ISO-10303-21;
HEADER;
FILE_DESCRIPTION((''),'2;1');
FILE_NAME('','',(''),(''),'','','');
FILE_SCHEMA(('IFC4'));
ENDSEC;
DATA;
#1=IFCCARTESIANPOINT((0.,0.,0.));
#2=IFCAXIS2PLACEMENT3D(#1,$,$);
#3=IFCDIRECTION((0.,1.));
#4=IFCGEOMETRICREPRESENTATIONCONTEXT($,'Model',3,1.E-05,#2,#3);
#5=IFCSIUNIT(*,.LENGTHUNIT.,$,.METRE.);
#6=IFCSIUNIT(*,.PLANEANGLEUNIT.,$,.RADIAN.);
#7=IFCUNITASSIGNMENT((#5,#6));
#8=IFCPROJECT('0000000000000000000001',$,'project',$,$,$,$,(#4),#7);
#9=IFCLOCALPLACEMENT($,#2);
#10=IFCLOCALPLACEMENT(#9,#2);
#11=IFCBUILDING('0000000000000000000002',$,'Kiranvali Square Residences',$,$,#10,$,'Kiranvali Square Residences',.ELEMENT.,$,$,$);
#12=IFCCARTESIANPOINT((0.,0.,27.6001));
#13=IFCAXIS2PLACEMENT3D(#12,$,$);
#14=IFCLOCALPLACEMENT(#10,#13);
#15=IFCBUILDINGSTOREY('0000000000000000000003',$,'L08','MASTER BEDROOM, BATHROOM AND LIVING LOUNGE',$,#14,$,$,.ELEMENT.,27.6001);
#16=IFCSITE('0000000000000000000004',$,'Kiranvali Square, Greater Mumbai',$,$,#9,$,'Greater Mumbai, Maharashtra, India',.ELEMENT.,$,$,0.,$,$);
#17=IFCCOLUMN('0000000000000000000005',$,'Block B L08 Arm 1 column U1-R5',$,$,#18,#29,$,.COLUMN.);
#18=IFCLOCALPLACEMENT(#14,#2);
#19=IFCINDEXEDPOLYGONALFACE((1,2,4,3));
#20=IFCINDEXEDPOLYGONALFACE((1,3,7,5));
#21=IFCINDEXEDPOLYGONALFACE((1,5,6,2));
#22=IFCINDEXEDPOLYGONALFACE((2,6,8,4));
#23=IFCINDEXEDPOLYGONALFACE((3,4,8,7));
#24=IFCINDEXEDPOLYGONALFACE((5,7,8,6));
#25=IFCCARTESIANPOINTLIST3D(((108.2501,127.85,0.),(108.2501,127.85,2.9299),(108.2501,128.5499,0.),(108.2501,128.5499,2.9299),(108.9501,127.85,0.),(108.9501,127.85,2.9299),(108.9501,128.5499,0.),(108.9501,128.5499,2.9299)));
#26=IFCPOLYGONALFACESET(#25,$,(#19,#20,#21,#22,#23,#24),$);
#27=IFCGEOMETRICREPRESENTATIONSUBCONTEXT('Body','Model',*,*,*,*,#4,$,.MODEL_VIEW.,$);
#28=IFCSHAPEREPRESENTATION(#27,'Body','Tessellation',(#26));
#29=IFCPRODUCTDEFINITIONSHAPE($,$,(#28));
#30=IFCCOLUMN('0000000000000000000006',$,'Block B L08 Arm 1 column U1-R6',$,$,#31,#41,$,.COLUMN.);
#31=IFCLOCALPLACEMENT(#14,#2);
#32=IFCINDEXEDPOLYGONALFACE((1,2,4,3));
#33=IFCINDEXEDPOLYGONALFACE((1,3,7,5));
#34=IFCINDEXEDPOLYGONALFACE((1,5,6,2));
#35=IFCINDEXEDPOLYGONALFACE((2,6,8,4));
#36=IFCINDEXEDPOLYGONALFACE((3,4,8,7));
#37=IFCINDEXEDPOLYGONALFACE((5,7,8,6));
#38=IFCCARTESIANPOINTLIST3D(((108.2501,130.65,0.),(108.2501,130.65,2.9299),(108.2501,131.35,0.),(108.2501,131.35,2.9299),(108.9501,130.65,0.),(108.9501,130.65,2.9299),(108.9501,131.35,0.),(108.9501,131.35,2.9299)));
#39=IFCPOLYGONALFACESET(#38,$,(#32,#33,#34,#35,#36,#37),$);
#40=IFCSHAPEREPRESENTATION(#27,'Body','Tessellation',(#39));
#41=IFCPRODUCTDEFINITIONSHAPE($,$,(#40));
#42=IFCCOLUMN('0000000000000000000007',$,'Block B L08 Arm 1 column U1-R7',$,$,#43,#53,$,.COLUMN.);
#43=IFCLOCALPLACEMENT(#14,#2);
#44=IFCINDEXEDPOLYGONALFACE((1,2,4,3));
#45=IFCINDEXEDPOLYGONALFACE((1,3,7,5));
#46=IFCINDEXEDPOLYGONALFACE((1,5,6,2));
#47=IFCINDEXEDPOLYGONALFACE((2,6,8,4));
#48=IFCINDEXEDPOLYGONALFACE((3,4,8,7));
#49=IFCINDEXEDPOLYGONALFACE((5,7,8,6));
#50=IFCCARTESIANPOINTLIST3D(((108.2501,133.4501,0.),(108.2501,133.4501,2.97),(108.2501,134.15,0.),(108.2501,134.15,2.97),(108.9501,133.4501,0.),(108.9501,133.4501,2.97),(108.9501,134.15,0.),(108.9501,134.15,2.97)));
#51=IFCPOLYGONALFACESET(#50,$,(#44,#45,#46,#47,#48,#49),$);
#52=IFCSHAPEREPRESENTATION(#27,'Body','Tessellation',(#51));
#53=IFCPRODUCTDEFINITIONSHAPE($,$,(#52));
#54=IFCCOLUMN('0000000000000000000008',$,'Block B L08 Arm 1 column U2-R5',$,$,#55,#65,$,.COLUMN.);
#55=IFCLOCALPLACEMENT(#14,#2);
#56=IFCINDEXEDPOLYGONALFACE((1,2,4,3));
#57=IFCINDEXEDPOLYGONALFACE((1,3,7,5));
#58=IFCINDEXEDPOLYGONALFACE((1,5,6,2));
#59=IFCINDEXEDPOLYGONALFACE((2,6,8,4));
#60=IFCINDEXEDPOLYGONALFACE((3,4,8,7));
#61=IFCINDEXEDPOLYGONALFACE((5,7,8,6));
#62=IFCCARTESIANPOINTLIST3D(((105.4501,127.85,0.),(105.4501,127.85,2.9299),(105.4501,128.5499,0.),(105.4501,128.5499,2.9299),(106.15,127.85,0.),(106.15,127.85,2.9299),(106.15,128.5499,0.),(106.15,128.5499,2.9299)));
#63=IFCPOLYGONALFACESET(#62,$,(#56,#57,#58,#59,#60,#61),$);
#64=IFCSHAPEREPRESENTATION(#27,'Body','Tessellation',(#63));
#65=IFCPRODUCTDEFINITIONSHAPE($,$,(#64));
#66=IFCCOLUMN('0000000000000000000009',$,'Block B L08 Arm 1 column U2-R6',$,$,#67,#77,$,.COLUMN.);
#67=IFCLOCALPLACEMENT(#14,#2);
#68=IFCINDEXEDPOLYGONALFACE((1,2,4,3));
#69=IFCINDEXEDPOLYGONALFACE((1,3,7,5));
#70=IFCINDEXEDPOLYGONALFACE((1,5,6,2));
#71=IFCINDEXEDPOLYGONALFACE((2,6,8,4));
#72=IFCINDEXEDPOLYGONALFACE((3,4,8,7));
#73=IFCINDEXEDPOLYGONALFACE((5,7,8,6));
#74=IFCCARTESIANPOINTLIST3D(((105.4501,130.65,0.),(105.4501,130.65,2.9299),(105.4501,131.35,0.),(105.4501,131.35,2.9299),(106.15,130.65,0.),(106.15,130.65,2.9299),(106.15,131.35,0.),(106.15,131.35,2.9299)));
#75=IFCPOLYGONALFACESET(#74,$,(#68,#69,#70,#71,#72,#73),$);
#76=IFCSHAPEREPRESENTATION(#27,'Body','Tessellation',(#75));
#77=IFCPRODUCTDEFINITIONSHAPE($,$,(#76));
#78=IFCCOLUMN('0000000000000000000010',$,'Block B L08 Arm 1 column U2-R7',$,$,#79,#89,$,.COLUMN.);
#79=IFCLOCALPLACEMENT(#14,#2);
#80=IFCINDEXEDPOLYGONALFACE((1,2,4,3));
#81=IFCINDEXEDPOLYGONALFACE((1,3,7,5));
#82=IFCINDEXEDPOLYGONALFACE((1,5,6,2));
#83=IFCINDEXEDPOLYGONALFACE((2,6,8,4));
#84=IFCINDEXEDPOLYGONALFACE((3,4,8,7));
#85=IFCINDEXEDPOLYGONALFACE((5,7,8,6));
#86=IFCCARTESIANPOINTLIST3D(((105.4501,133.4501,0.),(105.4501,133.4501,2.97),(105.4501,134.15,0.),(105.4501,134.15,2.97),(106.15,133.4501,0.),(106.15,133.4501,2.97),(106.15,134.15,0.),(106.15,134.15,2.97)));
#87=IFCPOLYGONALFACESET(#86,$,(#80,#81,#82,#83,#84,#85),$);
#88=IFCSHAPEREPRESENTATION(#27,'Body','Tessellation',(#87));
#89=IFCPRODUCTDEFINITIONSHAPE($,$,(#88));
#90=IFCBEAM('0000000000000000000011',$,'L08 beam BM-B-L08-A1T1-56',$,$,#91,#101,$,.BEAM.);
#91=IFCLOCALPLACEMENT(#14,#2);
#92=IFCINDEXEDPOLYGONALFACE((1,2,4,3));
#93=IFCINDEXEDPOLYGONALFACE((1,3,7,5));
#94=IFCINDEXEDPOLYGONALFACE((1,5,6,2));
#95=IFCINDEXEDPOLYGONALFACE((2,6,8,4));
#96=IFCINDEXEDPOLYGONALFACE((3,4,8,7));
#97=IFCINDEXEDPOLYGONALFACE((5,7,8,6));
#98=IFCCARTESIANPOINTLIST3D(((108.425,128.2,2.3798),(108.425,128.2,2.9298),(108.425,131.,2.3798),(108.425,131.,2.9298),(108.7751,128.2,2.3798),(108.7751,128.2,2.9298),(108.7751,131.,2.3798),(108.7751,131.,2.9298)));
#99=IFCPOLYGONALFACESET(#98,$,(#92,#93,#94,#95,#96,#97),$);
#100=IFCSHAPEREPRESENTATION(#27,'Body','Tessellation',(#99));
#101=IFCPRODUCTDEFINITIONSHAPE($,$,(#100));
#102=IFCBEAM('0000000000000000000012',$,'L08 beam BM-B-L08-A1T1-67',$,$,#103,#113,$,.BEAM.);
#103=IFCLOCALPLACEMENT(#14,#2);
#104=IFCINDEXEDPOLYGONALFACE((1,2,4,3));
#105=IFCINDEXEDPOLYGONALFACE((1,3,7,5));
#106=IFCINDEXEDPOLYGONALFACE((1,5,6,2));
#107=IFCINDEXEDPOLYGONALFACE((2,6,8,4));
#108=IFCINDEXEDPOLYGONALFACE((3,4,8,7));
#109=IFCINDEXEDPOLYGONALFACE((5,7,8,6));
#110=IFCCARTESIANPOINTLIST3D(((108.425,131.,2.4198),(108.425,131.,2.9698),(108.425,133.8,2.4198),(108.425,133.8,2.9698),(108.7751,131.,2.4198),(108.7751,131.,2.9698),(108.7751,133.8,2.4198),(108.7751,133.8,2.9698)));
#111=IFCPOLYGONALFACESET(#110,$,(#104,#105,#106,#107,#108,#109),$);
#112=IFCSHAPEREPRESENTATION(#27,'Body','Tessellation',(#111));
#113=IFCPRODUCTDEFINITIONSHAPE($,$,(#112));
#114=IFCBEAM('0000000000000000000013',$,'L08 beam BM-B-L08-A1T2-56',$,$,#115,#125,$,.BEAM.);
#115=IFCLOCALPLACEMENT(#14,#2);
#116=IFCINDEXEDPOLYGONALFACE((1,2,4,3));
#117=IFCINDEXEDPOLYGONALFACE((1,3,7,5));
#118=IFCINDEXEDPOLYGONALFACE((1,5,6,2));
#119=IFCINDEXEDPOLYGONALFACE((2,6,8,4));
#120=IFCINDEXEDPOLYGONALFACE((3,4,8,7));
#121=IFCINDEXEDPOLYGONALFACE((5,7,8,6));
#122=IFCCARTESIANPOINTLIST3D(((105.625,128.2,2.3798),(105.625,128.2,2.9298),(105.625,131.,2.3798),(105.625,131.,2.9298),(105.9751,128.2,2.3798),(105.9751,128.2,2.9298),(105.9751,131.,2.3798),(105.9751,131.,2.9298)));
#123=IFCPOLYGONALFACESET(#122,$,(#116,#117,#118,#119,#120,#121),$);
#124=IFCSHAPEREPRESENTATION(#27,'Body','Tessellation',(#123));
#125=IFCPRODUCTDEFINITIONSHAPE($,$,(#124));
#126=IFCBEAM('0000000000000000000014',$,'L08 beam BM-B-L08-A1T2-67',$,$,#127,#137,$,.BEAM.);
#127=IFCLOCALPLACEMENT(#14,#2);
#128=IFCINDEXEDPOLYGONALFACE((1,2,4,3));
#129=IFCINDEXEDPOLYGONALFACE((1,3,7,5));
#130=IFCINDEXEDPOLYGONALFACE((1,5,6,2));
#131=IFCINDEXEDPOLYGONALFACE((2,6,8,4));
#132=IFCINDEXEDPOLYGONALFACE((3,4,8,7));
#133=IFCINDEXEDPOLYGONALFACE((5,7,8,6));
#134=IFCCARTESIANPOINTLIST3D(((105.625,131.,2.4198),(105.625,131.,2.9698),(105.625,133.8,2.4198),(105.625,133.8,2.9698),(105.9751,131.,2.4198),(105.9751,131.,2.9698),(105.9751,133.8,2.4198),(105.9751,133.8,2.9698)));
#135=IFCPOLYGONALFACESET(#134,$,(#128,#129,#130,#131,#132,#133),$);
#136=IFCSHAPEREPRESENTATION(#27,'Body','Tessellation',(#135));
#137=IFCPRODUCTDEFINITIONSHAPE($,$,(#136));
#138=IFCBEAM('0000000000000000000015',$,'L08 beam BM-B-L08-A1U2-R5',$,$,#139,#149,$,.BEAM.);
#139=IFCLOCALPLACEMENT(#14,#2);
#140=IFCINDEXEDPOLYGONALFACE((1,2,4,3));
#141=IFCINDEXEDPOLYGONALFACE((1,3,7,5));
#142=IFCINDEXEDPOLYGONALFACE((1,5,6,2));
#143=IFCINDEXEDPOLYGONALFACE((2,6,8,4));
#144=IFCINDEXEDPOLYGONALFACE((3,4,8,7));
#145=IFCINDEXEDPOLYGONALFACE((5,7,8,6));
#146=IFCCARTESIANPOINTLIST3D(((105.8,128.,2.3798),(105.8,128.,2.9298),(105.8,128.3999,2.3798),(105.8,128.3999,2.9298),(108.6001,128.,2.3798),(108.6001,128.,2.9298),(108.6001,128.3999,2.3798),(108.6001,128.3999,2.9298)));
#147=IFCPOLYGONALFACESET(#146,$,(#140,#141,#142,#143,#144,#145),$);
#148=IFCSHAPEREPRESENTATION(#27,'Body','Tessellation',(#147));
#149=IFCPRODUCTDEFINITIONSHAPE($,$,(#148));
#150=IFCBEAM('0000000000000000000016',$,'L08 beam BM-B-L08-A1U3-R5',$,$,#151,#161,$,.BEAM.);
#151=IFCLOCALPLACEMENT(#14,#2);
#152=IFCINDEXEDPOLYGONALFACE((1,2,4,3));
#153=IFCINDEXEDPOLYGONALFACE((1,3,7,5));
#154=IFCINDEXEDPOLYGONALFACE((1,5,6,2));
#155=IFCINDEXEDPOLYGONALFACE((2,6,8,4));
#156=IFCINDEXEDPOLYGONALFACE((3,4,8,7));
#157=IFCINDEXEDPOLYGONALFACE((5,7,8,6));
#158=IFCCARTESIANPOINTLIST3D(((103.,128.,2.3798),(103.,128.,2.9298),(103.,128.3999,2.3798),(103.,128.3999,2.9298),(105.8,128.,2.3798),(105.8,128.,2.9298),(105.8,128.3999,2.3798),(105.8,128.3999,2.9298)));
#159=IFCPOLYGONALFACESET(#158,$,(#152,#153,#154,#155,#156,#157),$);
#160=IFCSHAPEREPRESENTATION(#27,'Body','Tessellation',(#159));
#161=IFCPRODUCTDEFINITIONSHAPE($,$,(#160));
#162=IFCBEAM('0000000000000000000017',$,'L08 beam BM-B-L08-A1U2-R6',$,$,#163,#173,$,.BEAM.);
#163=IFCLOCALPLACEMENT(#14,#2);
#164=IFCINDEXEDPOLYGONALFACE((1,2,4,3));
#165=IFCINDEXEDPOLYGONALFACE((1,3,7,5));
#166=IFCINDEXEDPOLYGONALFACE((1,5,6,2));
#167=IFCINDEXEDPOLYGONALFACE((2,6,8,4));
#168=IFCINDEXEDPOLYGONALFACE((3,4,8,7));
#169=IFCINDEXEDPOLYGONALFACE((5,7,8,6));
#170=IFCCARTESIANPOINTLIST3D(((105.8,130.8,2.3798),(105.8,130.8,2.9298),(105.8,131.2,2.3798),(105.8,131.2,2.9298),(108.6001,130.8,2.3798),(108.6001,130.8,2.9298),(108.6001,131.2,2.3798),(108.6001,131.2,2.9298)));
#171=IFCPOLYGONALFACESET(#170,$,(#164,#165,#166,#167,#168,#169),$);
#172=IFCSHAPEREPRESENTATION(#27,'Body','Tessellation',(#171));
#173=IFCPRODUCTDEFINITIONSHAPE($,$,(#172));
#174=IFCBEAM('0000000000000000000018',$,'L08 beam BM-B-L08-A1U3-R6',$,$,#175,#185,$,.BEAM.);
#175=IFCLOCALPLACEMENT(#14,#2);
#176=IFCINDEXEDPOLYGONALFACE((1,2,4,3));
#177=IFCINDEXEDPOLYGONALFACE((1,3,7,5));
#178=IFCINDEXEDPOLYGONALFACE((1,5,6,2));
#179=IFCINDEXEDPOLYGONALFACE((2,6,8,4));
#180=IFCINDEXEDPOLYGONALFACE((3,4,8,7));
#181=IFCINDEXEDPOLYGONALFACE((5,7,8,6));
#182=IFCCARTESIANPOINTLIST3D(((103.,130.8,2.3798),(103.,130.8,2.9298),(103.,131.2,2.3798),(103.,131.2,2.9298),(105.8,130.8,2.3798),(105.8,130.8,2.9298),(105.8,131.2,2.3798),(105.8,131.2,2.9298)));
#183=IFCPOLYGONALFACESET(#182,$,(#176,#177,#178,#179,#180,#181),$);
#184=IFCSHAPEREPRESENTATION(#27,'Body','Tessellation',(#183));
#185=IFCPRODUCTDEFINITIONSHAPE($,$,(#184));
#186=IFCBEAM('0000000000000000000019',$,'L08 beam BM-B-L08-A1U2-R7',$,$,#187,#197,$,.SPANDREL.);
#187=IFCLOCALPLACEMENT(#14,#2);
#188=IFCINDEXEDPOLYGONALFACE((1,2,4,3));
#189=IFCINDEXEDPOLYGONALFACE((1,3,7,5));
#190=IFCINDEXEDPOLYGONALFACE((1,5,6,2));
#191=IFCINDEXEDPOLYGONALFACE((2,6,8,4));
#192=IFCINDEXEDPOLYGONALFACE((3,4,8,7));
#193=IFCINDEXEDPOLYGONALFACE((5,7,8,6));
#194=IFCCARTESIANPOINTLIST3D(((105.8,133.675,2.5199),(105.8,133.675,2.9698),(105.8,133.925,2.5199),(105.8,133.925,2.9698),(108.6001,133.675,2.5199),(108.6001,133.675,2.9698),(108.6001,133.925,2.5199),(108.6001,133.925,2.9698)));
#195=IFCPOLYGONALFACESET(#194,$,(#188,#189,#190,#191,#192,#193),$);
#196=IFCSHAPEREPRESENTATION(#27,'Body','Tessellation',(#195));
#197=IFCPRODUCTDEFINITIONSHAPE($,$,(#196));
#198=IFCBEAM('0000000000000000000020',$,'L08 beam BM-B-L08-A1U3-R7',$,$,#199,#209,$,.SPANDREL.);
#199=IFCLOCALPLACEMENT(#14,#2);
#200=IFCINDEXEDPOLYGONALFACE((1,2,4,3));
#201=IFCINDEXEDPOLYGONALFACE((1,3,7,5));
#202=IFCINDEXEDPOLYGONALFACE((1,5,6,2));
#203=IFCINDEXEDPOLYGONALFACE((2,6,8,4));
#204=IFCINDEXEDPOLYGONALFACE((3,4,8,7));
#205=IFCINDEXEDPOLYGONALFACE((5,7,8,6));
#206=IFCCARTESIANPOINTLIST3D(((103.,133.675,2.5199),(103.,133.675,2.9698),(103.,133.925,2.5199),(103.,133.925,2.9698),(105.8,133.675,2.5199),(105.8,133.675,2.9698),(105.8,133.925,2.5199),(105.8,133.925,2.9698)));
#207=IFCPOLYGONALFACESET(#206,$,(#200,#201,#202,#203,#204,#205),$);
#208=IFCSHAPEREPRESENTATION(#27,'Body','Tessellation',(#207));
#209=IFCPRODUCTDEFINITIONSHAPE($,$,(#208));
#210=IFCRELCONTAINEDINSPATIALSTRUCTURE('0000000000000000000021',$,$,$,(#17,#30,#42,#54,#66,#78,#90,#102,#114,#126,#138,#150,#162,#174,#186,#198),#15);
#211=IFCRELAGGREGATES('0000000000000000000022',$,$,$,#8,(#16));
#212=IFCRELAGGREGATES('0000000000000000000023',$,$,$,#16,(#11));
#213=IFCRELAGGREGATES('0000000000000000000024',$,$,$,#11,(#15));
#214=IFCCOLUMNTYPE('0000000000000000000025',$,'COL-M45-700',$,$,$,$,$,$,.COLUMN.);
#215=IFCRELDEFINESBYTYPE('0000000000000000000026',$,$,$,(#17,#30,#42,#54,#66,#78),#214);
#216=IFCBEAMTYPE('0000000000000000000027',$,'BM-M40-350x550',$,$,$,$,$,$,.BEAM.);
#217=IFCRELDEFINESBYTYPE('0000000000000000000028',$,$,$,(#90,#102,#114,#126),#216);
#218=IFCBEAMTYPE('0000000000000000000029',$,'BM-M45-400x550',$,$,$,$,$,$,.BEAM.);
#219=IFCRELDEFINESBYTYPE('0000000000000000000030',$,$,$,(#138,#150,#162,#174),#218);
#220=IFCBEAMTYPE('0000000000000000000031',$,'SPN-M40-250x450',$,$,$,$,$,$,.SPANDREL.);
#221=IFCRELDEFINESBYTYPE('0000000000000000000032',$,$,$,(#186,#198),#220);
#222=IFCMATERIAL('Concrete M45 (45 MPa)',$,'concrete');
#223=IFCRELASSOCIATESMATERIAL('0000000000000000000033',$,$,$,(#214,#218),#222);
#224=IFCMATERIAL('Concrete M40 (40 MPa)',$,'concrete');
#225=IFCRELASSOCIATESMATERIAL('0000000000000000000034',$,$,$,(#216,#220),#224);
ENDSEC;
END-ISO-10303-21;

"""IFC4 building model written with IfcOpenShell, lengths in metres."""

from ifc_helpers import new_model, si_unit, direction, frame, origin, origin_2d, place, context, subcontext, project, spatial, rectangle, extrude, material, material_profile, profile_set, type_object, element, save


model = new_model("IFC4")

# Units and contexts
model_context = context("Model", 3, precision=1e-05, world=origin(), true_north=direction((0.0, 1.0)))
body_context = subcontext(model_context, "Body", "Model", "MODEL_VIEW")
ifc_project = project(units=[si_unit("LENGTHUNIT", "METRE"), si_unit("PLANEANGLEUNIT", "RADIAN")], contexts=[model_context])

# Site, building, storey
site_placement = place(None, origin())
site = spatial("IfcSite", under=ifc_project, at=site_placement, Name="Kiranvali Square, Greater Mumbai", LongName="Greater Mumbai, Maharashtra, India", CompositionType="ELEMENT", RefElevation=0.0)
building_placement = place(site_placement, origin())
building = spatial("IfcBuilding", under=site, at=building_placement, Name="Kiranvali Square Residences", LongName="Kiranvali Square Residences", CompositionType="ELEMENT")
storey_placement = place(building_placement, frame((0.0, 0.0, 27.6001)))
storey = spatial("IfcBuildingStorey", under=building, at=storey_placement, Name="L08", Description="MASTER BEDROOM, BATHROOM AND LIVING LOUNGE", CompositionType="ELEMENT", Elevation=27.6001)

# Columns
ifc_material_1 = material(Name="Concrete M45 (45 MPa)", Category="concrete")
ifc_material_profile_1 = material_profile(ifc_material_1, rectangle(XDim=0.7, YDim=0.7, at=origin_2d()), Name="RC 700x700")
ifc_profile_set_1 = profile_set([ifc_material_profile_1], Name="Concrete M45 (45 MPa)")
column_type = type_object("IfcColumnType", Name="COL-M45-700", PredefinedType="COLUMN", material=ifc_profile_set_1)
for number, where, z_axis, x_axis, name in (
    (1, (108.6001, 128.2, 0.0), (0.0, 0.0, 1.0), (1.0, 0.0, 0.0), "Block B L08 Arm 1 column U1-R5"),
    (2, (108.6001, 131.0, 0.0), (0.0, 0.0, 1.0), (1.0, 0.0, 0.0), "Block B L08 Arm 1 column U1-R6"),
):
    element("IfcColumn", number, at=place(storey_placement, frame(where, z_axis=z_axis, x_axis=x_axis)), inside=storey, type_object=column_type, Name=name, PredefinedType="COLUMN", context=body_context, shape_type="SweptSolid", body=[
        extrude(rectangle(XDim=0.7, YDim=0.7, at=origin_2d()), origin(), (0.0, 0.0, 1.0), 2.9299),
    ])
column_1_placement = place(storey_placement, frame((108.6001, 133.8, 0.0), z_axis=(0.0, 0.0, 1.0), x_axis=(1.0, 0.0, 0.0)))
element("IfcColumn", 3, at=column_1_placement, inside=storey, type_object=column_type, Name="Block B L08 Arm 1 column U1-R7", PredefinedType="COLUMN", context=body_context, shape_type="SweptSolid", body=[
    extrude(rectangle(XDim=0.7, YDim=0.7, at=origin_2d()), origin(), (0.0, 0.0, 1.0), 2.97),
])
for number, where, z_axis, x_axis, name in (
    (4, (105.8, 128.2, 0.0), (0.0, 0.0, 1.0), (1.0, 0.0, 0.0), "Block B L08 Arm 1 column U2-R5"),
    (5, (105.8, 131.0, 0.0), (0.0, 0.0, 1.0), (1.0, 0.0, 0.0), "Block B L08 Arm 1 column U2-R6"),
):
    element("IfcColumn", number, at=place(storey_placement, frame(where, z_axis=z_axis, x_axis=x_axis)), inside=storey, type_object=column_type, Name=name, PredefinedType="COLUMN", context=body_context, shape_type="SweptSolid", body=[
        extrude(rectangle(XDim=0.7, YDim=0.7, at=origin_2d()), origin(), (0.0, 0.0, 1.0), 2.9299),
    ])
column_2_placement = place(storey_placement, frame((105.8, 133.8, 0.0), z_axis=(0.0, 0.0, 1.0), x_axis=(1.0, 0.0, 0.0)))
element("IfcColumn", 6, at=column_2_placement, inside=storey, type_object=column_type, Name="Block B L08 Arm 1 column U2-R7", PredefinedType="COLUMN", context=body_context, shape_type="SweptSolid", body=[
    extrude(rectangle(XDim=0.7, YDim=0.7, at=origin_2d()), origin(), (0.0, 0.0, 1.0), 2.97),
])

# Beams
ifc_material_2 = material(Name="Concrete M40 (40 MPa)", Category="concrete")
ifc_material_profile_2 = material_profile(ifc_material_2, rectangle(XDim=0.3501, YDim=0.55, at=origin_2d()), Name="RC 350x550")
ifc_profile_set_2 = profile_set([ifc_material_profile_2], Name="Concrete M40 (40 MPa)")
beam_type_1 = type_object("IfcBeamType", Name="BM-M40-350x550", PredefinedType="BEAM", material=ifc_profile_set_2)
for number, where, z_axis, x_axis, name in (
    (7, (108.6001, 128.2, 2.6548), (0.0, 1.0, 0.0), (-1.0, 0.0, 0.0), "L08 beam BM-B-L08-A1T1-56"),
    (8, (108.6001, 131.0, 2.6948), (0.0, 1.0, 0.0), (-1.0, 0.0, 0.0), "L08 beam BM-B-L08-A1T1-67"),
    (9, (105.8, 128.2, 2.6548), (0.0, 1.0, 0.0), (-1.0, 0.0, 0.0), "L08 beam BM-B-L08-A1T2-56"),
    (10, (105.8, 131.0, 2.6948), (0.0, 1.0, 0.0), (-1.0, 0.0, 0.0), "L08 beam BM-B-L08-A1T2-67"),
):
    element("IfcBeam", number, at=place(storey_placement, frame(where, z_axis=z_axis, x_axis=x_axis)), inside=storey, type_object=beam_type_1, Name=name, PredefinedType="BEAM", context=body_context, shape_type="SweptSolid", body=[
        extrude(rectangle(XDim=0.3501, YDim=0.55, at=origin_2d()), origin(), (0.0, 0.0, 1.0), 2.8),
    ])
ifc_material_profile_3 = material_profile(ifc_material_1, rectangle(XDim=0.3999, YDim=0.55, at=origin_2d()), Name="RC 400x550")
ifc_profile_set_3 = profile_set([ifc_material_profile_3], Name="Concrete M45 (45 MPa)")
beam_type_2 = type_object("IfcBeamType", Name="BM-M45-400x550", PredefinedType="BEAM", material=ifc_profile_set_3)
for number, where, z_axis, x_axis, name in (
    (11, (108.6001, 128.2, 2.6548), (-1.0, 0.0, 0.0), (0.0, -1.0, 0.0), "L08 beam BM-B-L08-A1U2-R5"),
    (12, (105.8, 128.2, 2.6548), (-1.0, 0.0, 0.0), (0.0, -1.0, 0.0), "L08 beam BM-B-L08-A1U3-R5"),
    (13, (108.6001, 131.0, 2.6548), (-1.0, 0.0, 0.0), (0.0, -1.0, 0.0), "L08 beam BM-B-L08-A1U2-R6"),
    (14, (105.8, 131.0, 2.6548), (-1.0, 0.0, 0.0), (0.0, -1.0, 0.0), "L08 beam BM-B-L08-A1U3-R6"),
):
    element("IfcBeam", number, at=place(storey_placement, frame(where, z_axis=z_axis, x_axis=x_axis)), inside=storey, type_object=beam_type_2, Name=name, PredefinedType="BEAM", context=body_context, shape_type="SweptSolid", body=[
        extrude(rectangle(XDim=0.3999, YDim=0.55, at=origin_2d()), origin(), (0.0, 0.0, 1.0), 2.8),
    ])
ifc_material_profile_4 = material_profile(ifc_material_2, rectangle(XDim=0.25, YDim=0.45, at=origin_2d()), Name="RC 250x450")
ifc_profile_set_4 = profile_set([ifc_material_profile_4], Name="Concrete M40 (40 MPa)")
beam_type_3 = type_object("IfcBeamType", Name="SPN-M40-250x450", PredefinedType="SPANDREL", material=ifc_profile_set_4)
for number, where, z_axis, x_axis, name in (
    (15, (108.6001, 133.8, 2.7449), (-1.0, 0.0, 0.0), (0.0, -1.0, 0.0), "L08 beam BM-B-L08-A1U2-R7"),
    (16, (105.8, 133.8, 2.7449), (-1.0, 0.0, 0.0), (0.0, -1.0, 0.0), "L08 beam BM-B-L08-A1U3-R7"),
):
    element("IfcBeam", number, at=place(storey_placement, frame(where, z_axis=z_axis, x_axis=x_axis)), inside=storey, type_object=beam_type_3, Name=name, PredefinedType="SPANDREL", context=body_context, shape_type="SweptSolid", body=[
        extrude(rectangle(XDim=0.25, YDim=0.45, at=origin_2d()), origin(), (0.0, 0.0, 1.0), 2.8),
    ])

save(model, "model.ifc")
